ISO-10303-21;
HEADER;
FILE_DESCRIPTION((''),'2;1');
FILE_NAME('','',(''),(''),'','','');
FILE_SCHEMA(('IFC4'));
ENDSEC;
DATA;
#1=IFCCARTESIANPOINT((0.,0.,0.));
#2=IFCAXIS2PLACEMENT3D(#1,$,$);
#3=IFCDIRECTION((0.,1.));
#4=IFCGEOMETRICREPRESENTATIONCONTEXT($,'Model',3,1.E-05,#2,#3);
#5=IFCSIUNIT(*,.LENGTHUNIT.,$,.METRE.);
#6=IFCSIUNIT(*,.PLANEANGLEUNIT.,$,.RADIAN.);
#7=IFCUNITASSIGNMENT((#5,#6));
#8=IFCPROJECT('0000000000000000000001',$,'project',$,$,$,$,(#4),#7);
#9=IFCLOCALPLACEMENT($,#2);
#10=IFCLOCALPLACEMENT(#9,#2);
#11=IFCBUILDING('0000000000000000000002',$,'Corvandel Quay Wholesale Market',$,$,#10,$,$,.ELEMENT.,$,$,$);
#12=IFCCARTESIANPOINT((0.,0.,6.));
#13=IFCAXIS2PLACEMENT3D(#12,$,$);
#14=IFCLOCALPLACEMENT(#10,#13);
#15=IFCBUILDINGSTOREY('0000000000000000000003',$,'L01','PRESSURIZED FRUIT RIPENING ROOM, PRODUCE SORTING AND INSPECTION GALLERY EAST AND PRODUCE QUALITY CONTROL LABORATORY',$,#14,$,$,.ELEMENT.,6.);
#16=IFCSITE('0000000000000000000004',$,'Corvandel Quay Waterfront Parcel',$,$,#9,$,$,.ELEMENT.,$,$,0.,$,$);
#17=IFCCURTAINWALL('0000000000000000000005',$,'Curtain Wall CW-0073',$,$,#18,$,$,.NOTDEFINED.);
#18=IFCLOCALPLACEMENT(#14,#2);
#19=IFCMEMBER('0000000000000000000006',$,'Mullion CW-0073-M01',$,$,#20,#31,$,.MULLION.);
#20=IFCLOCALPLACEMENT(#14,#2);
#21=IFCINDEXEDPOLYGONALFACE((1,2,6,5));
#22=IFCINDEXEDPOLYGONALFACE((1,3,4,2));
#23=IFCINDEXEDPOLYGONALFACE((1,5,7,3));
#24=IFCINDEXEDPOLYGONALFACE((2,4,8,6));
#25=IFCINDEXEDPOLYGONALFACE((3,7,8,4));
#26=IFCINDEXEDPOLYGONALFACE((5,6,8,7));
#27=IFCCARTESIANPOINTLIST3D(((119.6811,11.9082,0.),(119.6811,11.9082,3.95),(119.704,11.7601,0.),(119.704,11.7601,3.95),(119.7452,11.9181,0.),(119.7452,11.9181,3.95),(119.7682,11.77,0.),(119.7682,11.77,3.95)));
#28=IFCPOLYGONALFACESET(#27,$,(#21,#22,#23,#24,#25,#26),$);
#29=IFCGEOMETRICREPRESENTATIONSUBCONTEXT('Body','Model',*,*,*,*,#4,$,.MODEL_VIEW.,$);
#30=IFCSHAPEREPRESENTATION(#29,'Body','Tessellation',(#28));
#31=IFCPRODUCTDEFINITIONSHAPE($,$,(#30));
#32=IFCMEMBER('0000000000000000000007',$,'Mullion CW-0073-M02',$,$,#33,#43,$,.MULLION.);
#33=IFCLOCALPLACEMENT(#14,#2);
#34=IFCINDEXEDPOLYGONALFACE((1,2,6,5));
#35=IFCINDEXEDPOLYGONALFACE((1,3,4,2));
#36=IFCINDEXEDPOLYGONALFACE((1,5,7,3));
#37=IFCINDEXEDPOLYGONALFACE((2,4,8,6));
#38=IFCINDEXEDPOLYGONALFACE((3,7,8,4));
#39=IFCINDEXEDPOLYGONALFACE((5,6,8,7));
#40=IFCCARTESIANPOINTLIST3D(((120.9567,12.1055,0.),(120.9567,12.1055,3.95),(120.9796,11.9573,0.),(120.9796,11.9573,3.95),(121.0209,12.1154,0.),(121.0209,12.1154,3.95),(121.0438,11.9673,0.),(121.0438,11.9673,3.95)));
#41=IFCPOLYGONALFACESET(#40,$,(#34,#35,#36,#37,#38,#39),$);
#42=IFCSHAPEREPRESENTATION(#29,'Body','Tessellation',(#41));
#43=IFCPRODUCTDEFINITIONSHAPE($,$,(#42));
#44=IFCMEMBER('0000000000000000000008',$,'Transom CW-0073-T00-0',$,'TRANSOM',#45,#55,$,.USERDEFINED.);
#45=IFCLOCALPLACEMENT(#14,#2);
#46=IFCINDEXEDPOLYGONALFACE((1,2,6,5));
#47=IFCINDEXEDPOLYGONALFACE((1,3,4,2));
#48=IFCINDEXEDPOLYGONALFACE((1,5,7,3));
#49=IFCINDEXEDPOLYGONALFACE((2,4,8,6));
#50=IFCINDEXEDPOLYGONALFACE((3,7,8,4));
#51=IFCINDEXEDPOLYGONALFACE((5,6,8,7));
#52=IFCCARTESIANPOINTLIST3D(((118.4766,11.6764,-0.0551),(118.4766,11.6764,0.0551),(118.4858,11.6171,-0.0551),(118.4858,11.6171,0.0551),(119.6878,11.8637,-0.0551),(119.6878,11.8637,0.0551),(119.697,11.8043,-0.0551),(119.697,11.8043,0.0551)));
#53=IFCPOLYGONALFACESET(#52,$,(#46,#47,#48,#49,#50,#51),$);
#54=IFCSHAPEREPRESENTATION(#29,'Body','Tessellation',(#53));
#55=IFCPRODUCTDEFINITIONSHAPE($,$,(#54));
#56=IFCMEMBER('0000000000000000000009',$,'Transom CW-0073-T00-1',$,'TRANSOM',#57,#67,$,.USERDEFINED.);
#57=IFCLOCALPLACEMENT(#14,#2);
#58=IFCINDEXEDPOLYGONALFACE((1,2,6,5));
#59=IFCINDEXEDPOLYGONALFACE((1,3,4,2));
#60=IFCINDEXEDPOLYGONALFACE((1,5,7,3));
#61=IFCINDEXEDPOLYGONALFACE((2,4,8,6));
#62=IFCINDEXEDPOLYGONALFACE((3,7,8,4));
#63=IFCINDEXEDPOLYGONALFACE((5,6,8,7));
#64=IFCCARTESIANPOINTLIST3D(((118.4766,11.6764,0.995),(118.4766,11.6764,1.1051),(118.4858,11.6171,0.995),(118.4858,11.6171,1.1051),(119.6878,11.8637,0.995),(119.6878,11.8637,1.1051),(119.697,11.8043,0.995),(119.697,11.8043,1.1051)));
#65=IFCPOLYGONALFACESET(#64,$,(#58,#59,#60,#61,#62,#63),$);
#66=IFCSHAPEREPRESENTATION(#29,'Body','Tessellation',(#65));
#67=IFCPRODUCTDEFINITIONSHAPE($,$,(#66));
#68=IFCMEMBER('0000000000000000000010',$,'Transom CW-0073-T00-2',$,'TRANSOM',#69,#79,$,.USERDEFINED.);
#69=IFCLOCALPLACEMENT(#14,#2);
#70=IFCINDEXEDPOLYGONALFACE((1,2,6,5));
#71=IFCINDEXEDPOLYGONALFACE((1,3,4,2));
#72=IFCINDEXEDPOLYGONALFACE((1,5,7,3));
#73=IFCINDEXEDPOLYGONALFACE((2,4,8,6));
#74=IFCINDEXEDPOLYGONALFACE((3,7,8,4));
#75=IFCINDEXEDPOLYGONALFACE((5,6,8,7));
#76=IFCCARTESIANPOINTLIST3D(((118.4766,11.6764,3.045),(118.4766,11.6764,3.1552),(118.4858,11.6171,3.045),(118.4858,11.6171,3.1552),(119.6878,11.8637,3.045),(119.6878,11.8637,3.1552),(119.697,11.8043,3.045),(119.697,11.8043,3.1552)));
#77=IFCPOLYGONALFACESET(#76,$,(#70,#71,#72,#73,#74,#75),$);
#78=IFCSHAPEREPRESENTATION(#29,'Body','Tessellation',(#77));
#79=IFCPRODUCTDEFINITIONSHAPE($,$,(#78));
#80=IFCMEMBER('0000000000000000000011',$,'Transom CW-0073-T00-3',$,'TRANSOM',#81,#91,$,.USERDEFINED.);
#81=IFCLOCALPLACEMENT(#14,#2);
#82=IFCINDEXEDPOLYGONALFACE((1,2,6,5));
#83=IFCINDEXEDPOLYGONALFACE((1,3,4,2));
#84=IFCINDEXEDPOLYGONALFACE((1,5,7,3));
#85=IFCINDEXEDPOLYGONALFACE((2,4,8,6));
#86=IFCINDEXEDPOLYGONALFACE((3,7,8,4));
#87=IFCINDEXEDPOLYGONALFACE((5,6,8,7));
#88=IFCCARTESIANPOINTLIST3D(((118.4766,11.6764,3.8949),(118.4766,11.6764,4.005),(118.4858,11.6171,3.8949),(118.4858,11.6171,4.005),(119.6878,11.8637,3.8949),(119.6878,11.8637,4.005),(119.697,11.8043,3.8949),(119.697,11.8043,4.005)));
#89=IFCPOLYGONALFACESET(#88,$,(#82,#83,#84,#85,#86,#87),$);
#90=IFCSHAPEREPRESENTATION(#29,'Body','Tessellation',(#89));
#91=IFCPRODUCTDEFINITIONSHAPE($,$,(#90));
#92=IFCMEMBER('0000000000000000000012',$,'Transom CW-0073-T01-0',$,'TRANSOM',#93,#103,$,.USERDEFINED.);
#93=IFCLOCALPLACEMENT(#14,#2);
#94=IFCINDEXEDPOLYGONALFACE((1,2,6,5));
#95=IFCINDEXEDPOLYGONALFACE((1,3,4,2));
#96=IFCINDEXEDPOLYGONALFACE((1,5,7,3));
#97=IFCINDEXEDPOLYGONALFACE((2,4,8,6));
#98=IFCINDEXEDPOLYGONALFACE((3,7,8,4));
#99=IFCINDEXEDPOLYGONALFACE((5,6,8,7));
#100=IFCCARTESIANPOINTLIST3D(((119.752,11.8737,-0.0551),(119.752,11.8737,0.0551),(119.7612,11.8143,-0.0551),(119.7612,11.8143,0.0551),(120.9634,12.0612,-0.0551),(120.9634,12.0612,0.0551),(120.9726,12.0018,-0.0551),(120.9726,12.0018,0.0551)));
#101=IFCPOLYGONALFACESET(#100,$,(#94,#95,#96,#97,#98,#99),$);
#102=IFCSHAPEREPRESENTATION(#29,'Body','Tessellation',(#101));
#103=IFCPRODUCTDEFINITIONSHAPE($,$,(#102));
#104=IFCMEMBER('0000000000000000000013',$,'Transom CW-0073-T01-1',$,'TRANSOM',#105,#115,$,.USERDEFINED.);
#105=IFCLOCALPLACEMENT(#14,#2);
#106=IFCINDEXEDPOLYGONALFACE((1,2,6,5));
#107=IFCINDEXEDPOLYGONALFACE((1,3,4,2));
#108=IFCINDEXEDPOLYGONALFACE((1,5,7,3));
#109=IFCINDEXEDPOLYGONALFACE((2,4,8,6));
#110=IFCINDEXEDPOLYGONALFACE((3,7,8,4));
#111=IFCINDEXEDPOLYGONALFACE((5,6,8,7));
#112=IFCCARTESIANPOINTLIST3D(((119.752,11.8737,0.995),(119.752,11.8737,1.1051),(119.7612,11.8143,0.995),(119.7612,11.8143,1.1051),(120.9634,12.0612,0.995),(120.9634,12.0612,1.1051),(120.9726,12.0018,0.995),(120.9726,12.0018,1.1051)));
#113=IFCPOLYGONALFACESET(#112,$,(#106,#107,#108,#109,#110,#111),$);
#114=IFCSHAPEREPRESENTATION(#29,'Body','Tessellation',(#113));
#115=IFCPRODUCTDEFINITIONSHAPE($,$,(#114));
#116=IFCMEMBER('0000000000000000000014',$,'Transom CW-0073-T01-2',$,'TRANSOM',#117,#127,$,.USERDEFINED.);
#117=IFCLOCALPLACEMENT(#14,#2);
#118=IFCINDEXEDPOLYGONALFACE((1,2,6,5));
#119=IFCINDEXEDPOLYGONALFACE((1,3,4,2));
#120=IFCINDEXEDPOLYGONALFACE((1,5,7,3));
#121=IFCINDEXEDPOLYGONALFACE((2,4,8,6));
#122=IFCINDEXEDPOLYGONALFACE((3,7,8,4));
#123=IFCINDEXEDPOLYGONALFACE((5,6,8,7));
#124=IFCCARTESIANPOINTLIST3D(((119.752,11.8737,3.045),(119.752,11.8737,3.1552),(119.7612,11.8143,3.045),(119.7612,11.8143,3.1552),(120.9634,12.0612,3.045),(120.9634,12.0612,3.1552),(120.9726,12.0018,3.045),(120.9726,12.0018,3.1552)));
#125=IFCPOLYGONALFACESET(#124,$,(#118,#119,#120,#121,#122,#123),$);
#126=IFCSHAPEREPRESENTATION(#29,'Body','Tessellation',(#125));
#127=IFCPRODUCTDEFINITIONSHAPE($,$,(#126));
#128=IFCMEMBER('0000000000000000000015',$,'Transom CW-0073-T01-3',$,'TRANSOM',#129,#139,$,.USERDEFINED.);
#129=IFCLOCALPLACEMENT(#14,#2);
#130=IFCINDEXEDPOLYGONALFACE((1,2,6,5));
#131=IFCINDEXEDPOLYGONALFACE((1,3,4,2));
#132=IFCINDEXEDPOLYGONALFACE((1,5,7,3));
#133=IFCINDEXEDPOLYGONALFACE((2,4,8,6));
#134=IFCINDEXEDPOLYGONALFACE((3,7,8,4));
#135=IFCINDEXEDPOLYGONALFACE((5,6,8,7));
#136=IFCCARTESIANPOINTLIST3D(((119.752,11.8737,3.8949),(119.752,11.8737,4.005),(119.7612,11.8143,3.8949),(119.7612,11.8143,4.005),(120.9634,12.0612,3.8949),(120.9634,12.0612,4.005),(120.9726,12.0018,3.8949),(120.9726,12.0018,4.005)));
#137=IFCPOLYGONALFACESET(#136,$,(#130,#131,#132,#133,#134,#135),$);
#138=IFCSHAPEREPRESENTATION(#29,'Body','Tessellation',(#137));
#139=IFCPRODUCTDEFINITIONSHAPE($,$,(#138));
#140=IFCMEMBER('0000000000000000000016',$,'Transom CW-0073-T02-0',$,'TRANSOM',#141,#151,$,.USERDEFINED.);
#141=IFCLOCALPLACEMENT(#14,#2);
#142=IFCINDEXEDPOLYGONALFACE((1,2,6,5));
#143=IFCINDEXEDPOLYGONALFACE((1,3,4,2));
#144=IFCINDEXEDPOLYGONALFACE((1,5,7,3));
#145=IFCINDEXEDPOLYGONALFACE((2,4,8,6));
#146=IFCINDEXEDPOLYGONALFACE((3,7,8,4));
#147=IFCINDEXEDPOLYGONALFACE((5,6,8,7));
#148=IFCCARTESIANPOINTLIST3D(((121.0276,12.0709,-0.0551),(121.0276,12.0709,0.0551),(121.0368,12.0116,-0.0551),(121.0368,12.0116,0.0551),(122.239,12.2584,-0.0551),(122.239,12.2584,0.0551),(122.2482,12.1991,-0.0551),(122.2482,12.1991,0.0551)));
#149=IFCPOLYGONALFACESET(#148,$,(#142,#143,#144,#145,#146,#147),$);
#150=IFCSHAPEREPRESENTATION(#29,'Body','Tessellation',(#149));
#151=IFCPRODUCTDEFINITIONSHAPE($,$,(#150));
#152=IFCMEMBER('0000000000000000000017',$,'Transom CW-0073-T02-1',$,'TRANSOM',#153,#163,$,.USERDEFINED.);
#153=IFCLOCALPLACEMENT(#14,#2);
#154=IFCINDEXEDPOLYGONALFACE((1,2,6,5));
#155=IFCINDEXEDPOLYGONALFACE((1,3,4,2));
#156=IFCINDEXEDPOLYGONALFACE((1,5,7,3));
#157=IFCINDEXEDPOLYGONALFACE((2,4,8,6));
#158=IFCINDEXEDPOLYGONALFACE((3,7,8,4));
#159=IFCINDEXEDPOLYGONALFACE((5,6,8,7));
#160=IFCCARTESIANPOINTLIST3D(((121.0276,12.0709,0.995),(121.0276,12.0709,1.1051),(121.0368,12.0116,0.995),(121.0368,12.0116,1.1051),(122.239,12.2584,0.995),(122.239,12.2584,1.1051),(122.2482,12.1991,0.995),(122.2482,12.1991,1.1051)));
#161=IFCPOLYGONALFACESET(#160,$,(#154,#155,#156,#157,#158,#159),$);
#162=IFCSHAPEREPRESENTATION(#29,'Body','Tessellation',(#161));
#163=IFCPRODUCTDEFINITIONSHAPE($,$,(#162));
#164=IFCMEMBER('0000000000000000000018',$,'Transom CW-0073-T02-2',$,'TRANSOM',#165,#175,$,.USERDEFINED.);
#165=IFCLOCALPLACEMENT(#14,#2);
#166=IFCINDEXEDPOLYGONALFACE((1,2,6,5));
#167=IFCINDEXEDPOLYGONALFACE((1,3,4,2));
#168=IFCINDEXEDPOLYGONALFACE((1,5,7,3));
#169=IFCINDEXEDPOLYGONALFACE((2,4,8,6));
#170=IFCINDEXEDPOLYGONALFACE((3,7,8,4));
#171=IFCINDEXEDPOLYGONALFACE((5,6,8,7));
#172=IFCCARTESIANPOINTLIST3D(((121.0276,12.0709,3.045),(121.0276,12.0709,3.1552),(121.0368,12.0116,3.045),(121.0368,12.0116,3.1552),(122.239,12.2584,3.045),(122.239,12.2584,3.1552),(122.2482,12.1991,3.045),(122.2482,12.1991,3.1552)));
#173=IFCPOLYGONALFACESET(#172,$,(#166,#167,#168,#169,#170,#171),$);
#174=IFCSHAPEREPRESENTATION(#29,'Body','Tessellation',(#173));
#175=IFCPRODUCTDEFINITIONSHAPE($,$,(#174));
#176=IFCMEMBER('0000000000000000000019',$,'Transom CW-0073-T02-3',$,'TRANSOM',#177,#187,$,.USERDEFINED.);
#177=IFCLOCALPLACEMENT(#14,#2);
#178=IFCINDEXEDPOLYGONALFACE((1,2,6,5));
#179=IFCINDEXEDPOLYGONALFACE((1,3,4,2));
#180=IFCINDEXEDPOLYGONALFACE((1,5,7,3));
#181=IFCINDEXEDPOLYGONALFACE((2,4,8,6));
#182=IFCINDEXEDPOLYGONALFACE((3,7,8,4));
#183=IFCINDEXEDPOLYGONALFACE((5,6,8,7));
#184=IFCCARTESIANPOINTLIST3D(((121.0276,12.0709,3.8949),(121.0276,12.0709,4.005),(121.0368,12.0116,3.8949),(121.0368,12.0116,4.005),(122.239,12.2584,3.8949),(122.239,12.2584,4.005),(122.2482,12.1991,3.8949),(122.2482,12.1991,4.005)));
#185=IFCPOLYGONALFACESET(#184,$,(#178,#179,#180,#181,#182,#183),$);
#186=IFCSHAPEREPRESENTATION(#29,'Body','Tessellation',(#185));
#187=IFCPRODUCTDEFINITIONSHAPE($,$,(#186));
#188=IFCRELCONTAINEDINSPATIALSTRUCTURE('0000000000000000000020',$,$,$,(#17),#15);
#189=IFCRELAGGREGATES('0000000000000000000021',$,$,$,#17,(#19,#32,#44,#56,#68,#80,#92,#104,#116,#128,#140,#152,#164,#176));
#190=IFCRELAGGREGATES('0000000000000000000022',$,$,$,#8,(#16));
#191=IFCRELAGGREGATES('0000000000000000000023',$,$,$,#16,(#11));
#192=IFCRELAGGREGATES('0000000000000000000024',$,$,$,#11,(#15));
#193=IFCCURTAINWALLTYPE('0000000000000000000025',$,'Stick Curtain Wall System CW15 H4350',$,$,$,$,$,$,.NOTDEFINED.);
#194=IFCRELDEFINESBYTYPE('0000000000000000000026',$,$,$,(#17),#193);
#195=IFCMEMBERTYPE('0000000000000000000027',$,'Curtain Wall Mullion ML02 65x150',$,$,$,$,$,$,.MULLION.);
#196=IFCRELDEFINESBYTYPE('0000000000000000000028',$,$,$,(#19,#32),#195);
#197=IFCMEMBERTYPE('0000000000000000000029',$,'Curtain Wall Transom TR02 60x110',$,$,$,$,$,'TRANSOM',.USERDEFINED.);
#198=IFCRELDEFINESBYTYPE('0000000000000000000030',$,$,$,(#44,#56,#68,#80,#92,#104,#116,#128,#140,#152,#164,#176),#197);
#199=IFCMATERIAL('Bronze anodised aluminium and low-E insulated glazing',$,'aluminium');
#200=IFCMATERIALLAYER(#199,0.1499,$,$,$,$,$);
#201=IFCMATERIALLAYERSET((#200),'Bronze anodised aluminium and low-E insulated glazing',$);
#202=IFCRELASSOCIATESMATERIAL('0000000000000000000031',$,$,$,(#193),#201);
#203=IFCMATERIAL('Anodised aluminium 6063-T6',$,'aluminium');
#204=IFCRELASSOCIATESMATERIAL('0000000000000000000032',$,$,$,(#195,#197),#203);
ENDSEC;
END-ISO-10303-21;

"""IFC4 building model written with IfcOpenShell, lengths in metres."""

from ifc_helpers import new_model, si_unit, direction, frame, origin, origin_2d, place, context, subcontext, project, spatial, rectangle, extrude, material, layer, layer_set, material_profile, profile_set, type_object, element, aggregate, save


model = new_model("IFC4")

# Units and contexts
model_context = context("Model", 3, precision=1e-05, world=origin(), true_north=direction((0.0, 1.0)))
body_context = subcontext(model_context, "Body", "Model", "MODEL_VIEW")
ifc_project = project(units=[si_unit("LENGTHUNIT", "METRE"), si_unit("PLANEANGLEUNIT", "RADIAN")], contexts=[model_context])

# Site, building, storey
site_placement = place(None, origin())
site = spatial("IfcSite", under=ifc_project, at=site_placement, Name="Corvandel Quay Waterfront Parcel", CompositionType="ELEMENT", RefElevation=0.0)
building_placement = place(site_placement, origin())
building = spatial("IfcBuilding", under=site, at=building_placement, Name="Corvandel Quay Wholesale Market", CompositionType="ELEMENT")
storey_placement = place(building_placement, frame((0.0, 0.0, 6.0)))
storey = spatial("IfcBuildingStorey", under=building, at=storey_placement, Name="L01", Description="PRESSURIZED FRUIT RIPENING ROOM, PRODUCE SORTING AND INSPECTION GALLERY EAST AND PRODUCE QUALITY CONTROL LABORATORY", CompositionType="ELEMENT", Elevation=6.0)

# Curtain wall, members
ifc_material_1 = material(Name="Bronze anodised aluminium and low-E insulated glazing", Category="aluminium")
ifc_layer_1 = layer(ifc_material_1, 0.1499)
ifc_layer_set_1 = layer_set([ifc_layer_1], Name="Bronze anodised aluminium and low-E insulated glazing")
curtain_wall_type = type_object("IfcCurtainWallType", Name="Stick Curtain Wall System CW15 H4350", PredefinedType="NOTDEFINED", material=ifc_layer_set_1)
curtain_wall_placement = place(storey_placement, origin())
curtain_wall = element("IfcCurtainWall", 1, at=curtain_wall_placement, inside=storey, type_object=curtain_wall_type, Name="Curtain Wall CW-0073", PredefinedType="NOTDEFINED")
ifc_material_2 = material(Name="Anodised aluminium 6063-T6", Category="aluminium")
ifc_material_profile_1 = material_profile(ifc_material_2, rectangle(XDim=0.0649, YDim=0.1499, at=origin_2d()), Name="ALU-MUL-65x150")
ifc_profile_set_1 = profile_set([ifc_material_profile_1], Name="Anodised aluminium 6063-T6")
member_type_1 = type_object("IfcMemberType", Name="Curtain Wall Mullion ML02 65x150", PredefinedType="MULLION", material=ifc_profile_set_1)
member_1_placement = place(storey_placement, frame((119.7246, 11.8391, 0.0), z_axis=(0.0, 0.0, 1.0), x_axis=(0.988255, 0.152813, 0.0)))
member_1 = element("IfcMember", 2, at=member_1_placement, type_object=member_type_1, Name="Mullion CW-0073-M01", PredefinedType="MULLION", context=body_context, shape_type="SweptSolid", body=[
    extrude(rectangle(XDim=0.0649, YDim=0.1499, at=origin_2d()), origin(), (0.0, 0.0, 1.0), 3.95),
])
member_2_placement = place(storey_placement, frame((121.0002, 12.0364, 0.0), z_axis=(0.0, 0.0, 1.0), x_axis=(0.988255, 0.152813, 0.0)))
member_2 = element("IfcMember", 3, at=member_2_placement, type_object=member_type_1, Name="Mullion CW-0073-M02", PredefinedType="MULLION", context=body_context, shape_type="SweptSolid", body=[
    extrude(rectangle(XDim=0.0649, YDim=0.1499, at=origin_2d()), origin(), (0.0, 0.0, 1.0), 3.95),
])
ifc_material_profile_2 = material_profile(ifc_material_2, rectangle(XDim=0.0601, YDim=0.1101, at=origin_2d()), Name="ALU-TRN-60x110")
ifc_profile_set_2 = profile_set([ifc_material_profile_2], Name="Anodised aluminium 6063-T6")
member_type_2 = type_object("IfcMemberType", Name="Curtain Wall Transom TR02 60x110", ElementType="TRANSOM", PredefinedType="USERDEFINED", material=ifc_profile_set_2)
member_3_placement = place(storey_placement, frame((118.4812, 11.6467, 0.0), z_axis=(0.988259, 0.152791, 0.0), x_axis=(-0.152791, 0.988259, 0.0)))
member_3 = element("IfcMember", 4, at=member_3_placement, type_object=member_type_2, Name="Transom CW-0073-T00-0", ObjectType="TRANSOM", PredefinedType="USERDEFINED", context=body_context, shape_type="SweptSolid", body=[
    extrude(rectangle(XDim=0.0601, YDim=0.1101, at=origin_2d()), origin(), (0.0, 0.0, 1.0), 1.2256),
])
member_4_placement = place(storey_placement, frame((118.4812, 11.6467, 1.05), z_axis=(0.988259, 0.152791, 0.0), x_axis=(-0.152791, 0.988259, 0.0)))
member_4 = element("IfcMember", 5, at=member_4_placement, type_object=member_type_2, Name="Transom CW-0073-T00-1", ObjectType="TRANSOM", PredefinedType="USERDEFINED", context=body_context, shape_type="SweptSolid", body=[
    extrude(rectangle(XDim=0.0601, YDim=0.1101, at=origin_2d()), origin(), (0.0, 0.0, 1.0), 1.2256),
])
member_5_placement = place(storey_placement, frame((118.4812, 11.6467, 3.1001), z_axis=(0.988259, 0.152791, 0.0), x_axis=(-0.152791, 0.988259, 0.0)))
member_5 = element("IfcMember", 6, at=member_5_placement, type_object=member_type_2, Name="Transom CW-0073-T00-2", ObjectType="TRANSOM", PredefinedType="USERDEFINED", context=body_context, shape_type="SweptSolid", body=[
    extrude(rectangle(XDim=0.0601, YDim=0.1101, at=origin_2d()), origin(), (0.0, 0.0, 1.0), 1.2256),
])
member_6_placement = place(storey_placement, frame((118.4812, 11.6467, 3.95), z_axis=(0.988259, 0.152791, 0.0), x_axis=(-0.152791, 0.988259, 0.0)))
member_6 = element("IfcMember", 7, at=member_6_placement, type_object=member_type_2, Name="Transom CW-0073-T00-3", ObjectType="TRANSOM", PredefinedType="USERDEFINED", context=body_context, shape_type="SweptSolid", body=[
    extrude(rectangle(XDim=0.0601, YDim=0.1101, at=origin_2d()), origin(), (0.0, 0.0, 1.0), 1.2256),
])
member_7_placement = place(storey_placement, frame((119.7566, 11.844, 0.0), z_axis=(0.988233, 0.152955, 0.0), x_axis=(-0.152955, 0.988233, 0.0)))
member_7 = element("IfcMember", 8, at=member_7_placement, type_object=member_type_2, Name="Transom CW-0073-T01-0", ObjectType="TRANSOM", PredefinedType="USERDEFINED", context=body_context, shape_type="SweptSolid", body=[
    extrude(rectangle(XDim=0.0601, YDim=0.1101, at=origin_2d()), origin(), (0.0, 0.0, 1.0), 1.2258),
])
member_8_placement = place(storey_placement, frame((119.7566, 11.844, 1.05), z_axis=(0.988233, 0.152955, 0.0), x_axis=(-0.152955, 0.988233, 0.0)))
member_8 = element("IfcMember", 9, at=member_8_placement, type_object=member_type_2, Name="Transom CW-0073-T01-1", ObjectType="TRANSOM", PredefinedType="USERDEFINED", context=body_context, shape_type="SweptSolid", body=[
    extrude(rectangle(XDim=0.0601, YDim=0.1101, at=origin_2d()), origin(), (0.0, 0.0, 1.0), 1.2258),
])
member_9_placement = place(storey_placement, frame((119.7566, 11.844, 3.1001), z_axis=(0.988233, 0.152955, 0.0), x_axis=(-0.152955, 0.988233, 0.0)))
member_9 = element("IfcMember", 10, at=member_9_placement, type_object=member_type_2, Name="Transom CW-0073-T01-2", ObjectType="TRANSOM", PredefinedType="USERDEFINED", context=body_context, shape_type="SweptSolid", body=[
    extrude(rectangle(XDim=0.0601, YDim=0.1101, at=origin_2d()), origin(), (0.0, 0.0, 1.0), 1.2258),
])
member_10_placement = place(storey_placement, frame((119.7566, 11.844, 3.95), z_axis=(0.988233, 0.152955, 0.0), x_axis=(-0.152955, 0.988233, 0.0)))
member_10 = element("IfcMember", 11, at=member_10_placement, type_object=member_type_2, Name="Transom CW-0073-T01-3", ObjectType="TRANSOM", PredefinedType="USERDEFINED", context=body_context, shape_type="SweptSolid", body=[
    extrude(rectangle(XDim=0.0601, YDim=0.1101, at=origin_2d()), origin(), (0.0, 0.0, 1.0), 1.2258),
])
member_11_placement = place(storey_placement, frame((121.0322, 12.0413, 0.0), z_axis=(0.988233, 0.152955, 0.0), x_axis=(-0.152955, 0.988233, 0.0)))
member_11 = element("IfcMember", 12, at=member_11_placement, type_object=member_type_2, Name="Transom CW-0073-T02-0", ObjectType="TRANSOM", PredefinedType="USERDEFINED", context=body_context, shape_type="SweptSolid", body=[
    extrude(rectangle(XDim=0.0601, YDim=0.1101, at=origin_2d()), origin(), (0.0, 0.0, 1.0), 1.2258),
])
member_12_placement = place(storey_placement, frame((121.0322, 12.0413, 1.05), z_axis=(0.988233, 0.152955, 0.0), x_axis=(-0.152955, 0.988233, 0.0)))
member_12 = element("IfcMember", 13, at=member_12_placement, type_object=member_type_2, Name="Transom CW-0073-T02-1", ObjectType="TRANSOM", PredefinedType="USERDEFINED", context=body_context, shape_type="SweptSolid", body=[
    extrude(rectangle(XDim=0.0601, YDim=0.1101, at=origin_2d()), origin(), (0.0, 0.0, 1.0), 1.2258),
])
member_13_placement = place(storey_placement, frame((121.0322, 12.0413, 3.1001), z_axis=(0.988233, 0.152955, 0.0), x_axis=(-0.152955, 0.988233, 0.0)))
member_13 = element("IfcMember", 14, at=member_13_placement, type_object=member_type_2, Name="Transom CW-0073-T02-2", ObjectType="TRANSOM", PredefinedType="USERDEFINED", context=body_context, shape_type="SweptSolid", body=[
    extrude(rectangle(XDim=0.0601, YDim=0.1101, at=origin_2d()), origin(), (0.0, 0.0, 1.0), 1.2258),
])
member_14_placement = place(storey_placement, frame((121.0322, 12.0413, 3.95), z_axis=(0.988233, 0.152955, 0.0), x_axis=(-0.152955, 0.988233, 0.0)))
member_14 = element("IfcMember", 15, at=member_14_placement, type_object=member_type_2, Name="Transom CW-0073-T02-3", ObjectType="TRANSOM", PredefinedType="USERDEFINED", context=body_context, shape_type="SweptSolid", body=[
    extrude(rectangle(XDim=0.0601, YDim=0.1101, at=origin_2d()), origin(), (0.0, 0.0, 1.0), 1.2258),
])
aggregate(curtain_wall, [member_1, member_2, member_3, member_4, member_5, member_6, member_7, member_8, member_9, member_10, member_11, member_12, member_13, member_14])

save(model, "model.ifc")
